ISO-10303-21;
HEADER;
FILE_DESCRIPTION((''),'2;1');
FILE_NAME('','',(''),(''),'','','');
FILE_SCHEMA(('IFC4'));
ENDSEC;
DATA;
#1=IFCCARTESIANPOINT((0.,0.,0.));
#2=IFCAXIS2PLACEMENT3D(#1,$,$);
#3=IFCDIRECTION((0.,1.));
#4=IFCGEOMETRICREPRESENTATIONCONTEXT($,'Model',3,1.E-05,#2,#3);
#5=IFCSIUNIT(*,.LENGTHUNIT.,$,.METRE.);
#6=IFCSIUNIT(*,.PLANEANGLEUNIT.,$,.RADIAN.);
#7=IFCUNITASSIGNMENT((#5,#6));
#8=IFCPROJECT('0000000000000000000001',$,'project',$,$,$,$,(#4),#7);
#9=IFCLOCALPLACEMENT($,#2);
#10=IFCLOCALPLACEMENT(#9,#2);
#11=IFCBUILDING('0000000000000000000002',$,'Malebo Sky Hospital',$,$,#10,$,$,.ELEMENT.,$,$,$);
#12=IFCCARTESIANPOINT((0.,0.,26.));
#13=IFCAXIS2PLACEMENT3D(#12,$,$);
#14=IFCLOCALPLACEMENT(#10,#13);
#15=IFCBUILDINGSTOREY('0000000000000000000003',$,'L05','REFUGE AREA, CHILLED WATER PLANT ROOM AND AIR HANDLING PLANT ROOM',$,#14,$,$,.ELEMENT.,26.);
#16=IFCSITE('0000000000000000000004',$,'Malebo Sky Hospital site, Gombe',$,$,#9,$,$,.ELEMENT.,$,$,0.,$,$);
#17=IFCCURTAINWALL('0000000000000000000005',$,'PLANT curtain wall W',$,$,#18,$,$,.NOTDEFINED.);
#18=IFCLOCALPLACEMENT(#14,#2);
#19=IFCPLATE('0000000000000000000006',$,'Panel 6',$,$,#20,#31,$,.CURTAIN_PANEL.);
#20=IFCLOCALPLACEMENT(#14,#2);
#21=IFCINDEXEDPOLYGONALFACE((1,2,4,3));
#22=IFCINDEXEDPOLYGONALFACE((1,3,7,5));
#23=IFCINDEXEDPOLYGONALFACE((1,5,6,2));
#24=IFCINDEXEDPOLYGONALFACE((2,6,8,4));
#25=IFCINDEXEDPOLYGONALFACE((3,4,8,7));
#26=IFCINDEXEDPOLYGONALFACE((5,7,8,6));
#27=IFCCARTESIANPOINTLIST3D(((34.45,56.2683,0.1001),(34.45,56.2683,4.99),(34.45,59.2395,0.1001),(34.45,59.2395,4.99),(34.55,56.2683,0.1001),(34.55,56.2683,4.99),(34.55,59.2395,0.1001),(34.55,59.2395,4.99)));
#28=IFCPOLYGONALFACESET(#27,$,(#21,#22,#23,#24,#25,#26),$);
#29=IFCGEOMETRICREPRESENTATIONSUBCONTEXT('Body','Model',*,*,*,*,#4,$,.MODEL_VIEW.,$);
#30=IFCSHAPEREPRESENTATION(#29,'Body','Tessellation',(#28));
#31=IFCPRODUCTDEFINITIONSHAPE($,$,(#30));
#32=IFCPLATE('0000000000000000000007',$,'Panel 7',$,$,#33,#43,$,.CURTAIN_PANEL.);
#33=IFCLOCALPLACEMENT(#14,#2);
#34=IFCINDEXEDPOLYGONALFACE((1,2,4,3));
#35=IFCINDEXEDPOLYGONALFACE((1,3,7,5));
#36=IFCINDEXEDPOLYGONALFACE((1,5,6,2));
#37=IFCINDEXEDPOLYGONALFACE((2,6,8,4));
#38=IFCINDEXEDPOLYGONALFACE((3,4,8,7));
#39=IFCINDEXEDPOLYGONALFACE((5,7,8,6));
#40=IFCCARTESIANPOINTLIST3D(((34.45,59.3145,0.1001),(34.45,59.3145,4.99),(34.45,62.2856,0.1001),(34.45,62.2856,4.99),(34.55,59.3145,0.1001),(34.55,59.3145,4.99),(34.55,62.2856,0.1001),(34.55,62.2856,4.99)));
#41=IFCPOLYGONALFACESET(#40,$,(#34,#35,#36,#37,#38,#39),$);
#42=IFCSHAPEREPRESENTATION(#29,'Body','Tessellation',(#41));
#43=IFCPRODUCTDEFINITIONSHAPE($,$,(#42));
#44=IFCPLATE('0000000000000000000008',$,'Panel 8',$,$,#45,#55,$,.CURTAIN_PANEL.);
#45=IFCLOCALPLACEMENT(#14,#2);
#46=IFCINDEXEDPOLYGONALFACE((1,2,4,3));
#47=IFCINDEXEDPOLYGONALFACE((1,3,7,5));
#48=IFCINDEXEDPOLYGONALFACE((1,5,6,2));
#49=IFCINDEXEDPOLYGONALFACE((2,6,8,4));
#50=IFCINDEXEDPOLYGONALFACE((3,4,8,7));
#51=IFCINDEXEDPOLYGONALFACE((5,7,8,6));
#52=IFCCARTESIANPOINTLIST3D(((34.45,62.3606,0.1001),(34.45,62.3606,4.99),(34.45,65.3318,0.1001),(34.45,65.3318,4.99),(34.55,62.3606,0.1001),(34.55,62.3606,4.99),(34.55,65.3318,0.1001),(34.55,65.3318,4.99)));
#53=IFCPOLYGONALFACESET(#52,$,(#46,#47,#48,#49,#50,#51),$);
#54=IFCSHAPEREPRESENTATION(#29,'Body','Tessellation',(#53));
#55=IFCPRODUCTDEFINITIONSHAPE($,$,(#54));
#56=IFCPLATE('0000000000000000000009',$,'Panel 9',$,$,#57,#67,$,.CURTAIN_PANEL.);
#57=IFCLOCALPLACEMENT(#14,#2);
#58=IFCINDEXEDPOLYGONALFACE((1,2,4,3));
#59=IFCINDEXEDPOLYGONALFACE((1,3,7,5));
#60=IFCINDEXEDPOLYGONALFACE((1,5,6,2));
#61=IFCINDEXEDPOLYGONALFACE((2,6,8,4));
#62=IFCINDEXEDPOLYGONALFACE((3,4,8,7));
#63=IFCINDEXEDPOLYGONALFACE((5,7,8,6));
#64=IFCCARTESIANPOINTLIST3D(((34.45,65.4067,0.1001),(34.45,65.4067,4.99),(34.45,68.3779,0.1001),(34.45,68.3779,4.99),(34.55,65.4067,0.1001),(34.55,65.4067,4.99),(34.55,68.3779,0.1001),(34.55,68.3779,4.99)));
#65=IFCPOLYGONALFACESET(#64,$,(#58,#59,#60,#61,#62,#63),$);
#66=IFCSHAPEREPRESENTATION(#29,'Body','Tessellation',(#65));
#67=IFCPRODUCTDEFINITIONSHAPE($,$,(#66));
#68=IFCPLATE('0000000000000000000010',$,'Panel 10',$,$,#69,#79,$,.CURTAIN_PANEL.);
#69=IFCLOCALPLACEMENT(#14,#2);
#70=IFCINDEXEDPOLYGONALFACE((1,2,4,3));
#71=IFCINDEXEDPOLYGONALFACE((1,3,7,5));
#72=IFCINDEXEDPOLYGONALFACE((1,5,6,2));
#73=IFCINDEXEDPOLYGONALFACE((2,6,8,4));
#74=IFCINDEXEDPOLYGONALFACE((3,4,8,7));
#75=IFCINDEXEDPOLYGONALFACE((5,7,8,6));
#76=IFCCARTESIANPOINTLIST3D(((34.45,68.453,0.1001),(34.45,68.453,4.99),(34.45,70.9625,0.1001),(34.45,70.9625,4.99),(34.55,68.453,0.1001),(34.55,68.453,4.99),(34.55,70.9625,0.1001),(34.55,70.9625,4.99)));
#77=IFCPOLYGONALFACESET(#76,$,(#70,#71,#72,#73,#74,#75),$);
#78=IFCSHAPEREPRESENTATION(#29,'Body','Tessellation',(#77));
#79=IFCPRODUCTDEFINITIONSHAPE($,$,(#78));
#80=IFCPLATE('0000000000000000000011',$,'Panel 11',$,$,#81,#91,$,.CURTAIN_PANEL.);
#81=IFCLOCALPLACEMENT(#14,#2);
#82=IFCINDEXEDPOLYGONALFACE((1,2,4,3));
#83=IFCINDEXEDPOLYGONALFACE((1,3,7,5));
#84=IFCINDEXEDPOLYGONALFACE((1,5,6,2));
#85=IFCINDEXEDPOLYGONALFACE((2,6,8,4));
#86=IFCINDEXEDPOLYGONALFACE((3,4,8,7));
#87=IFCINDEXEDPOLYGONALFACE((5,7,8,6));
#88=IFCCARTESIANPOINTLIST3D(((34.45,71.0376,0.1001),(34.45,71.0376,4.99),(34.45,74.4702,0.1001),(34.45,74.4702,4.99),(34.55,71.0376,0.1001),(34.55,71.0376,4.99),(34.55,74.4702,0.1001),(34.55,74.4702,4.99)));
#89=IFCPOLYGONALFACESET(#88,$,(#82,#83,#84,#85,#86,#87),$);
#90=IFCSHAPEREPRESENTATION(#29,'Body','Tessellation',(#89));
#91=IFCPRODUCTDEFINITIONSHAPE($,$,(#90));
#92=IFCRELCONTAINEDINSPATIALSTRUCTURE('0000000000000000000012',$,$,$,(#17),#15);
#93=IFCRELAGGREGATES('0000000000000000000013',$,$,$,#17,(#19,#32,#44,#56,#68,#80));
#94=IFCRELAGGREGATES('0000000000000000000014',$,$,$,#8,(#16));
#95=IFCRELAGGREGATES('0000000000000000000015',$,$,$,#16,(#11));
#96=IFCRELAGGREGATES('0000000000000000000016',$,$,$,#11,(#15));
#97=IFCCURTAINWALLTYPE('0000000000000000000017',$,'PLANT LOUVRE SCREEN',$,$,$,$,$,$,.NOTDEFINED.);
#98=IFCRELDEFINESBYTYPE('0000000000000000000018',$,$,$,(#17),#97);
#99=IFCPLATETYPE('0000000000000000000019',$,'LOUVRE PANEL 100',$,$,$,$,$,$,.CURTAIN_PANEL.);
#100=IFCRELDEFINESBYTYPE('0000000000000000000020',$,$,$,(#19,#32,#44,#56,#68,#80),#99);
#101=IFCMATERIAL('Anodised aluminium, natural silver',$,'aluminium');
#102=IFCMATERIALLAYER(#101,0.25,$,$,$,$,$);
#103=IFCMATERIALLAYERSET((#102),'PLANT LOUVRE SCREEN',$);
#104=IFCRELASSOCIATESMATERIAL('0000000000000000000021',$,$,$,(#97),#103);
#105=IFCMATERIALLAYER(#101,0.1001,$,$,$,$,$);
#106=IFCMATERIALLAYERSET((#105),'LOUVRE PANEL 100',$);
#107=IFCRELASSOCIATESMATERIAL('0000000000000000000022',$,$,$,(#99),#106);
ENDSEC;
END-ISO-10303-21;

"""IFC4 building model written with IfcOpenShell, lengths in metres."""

from ifc_helpers import new_model, si_unit, direction, frame, origin, origin_2d, place, context, subcontext, project, spatial, rectangle, extrude, material, layer, layer_set, type_object, element, aggregate, save


model = new_model("IFC4")

# Units and contexts
model_context = context("Model", 3, precision=1e-05, world=origin(), true_north=direction((0.0, 1.0)))
body_context = subcontext(model_context, "Body", "Model", "MODEL_VIEW")
ifc_project = project(units=[si_unit("LENGTHUNIT", "METRE"), si_unit("PLANEANGLEUNIT", "RADIAN")], contexts=[model_context])

# Site, building, storey
site_placement = place(None, origin())
site = spatial("IfcSite", under=ifc_project, at=site_placement, Name="Malebo Sky Hospital site, Gombe", CompositionType="ELEMENT", RefElevation=0.0)
building_placement = place(site_placement, origin())
building = spatial("IfcBuilding", under=site, at=building_placement, Name="Malebo Sky Hospital", CompositionType="ELEMENT")
storey_placement = place(building_placement, frame((0.0, 0.0, 26.0)))
storey = spatial("IfcBuildingStorey", under=building, at=storey_placement, Name="L05", Description="REFUGE AREA, CHILLED WATER PLANT ROOM AND AIR HANDLING PLANT ROOM", CompositionType="ELEMENT", Elevation=26.0)

# Curtain wall
ifc_material_1 = material(Name="Anodised aluminium, natural silver", Category="aluminium")
ifc_layer_1 = layer(ifc_material_1, 0.25)
ifc_layer_set_1 = layer_set([ifc_layer_1], Name="PLANT LOUVRE SCREEN")
curtain_wall_type = type_object("IfcCurtainWallType", Name="PLANT LOUVRE SCREEN", PredefinedType="NOTDEFINED", material=ifc_layer_set_1)
curtain_wall_placement = place(storey_placement, origin())
curtain_wall = element("IfcCurtainWall", 1, at=curtain_wall_placement, inside=storey, type_object=curtain_wall_type, Name="PLANT curtain wall W", PredefinedType="NOTDEFINED")

# Plates
ifc_layer_2 = layer(ifc_material_1, 0.1001)
ifc_layer_set_2 = layer_set([ifc_layer_2], Name="LOUVRE PANEL 100")
plate_type = type_object("IfcPlateType", Name="LOUVRE PANEL 100", PredefinedType="CURTAIN_PANEL", material=ifc_layer_set_2)
plate_1_placement = place(storey_placement, frame((34.5, 57.7539, 0.1001), z_axis=(0.0, 0.0, 1.0), x_axis=(0.0, 1.0, 0.0)))
plate_1 = element("IfcPlate", 2, at=plate_1_placement, type_object=plate_type, Name="Panel 6", PredefinedType="CURTAIN_PANEL", context=body_context, shape_type="SweptSolid", body=[
    extrude(rectangle(XDim=2.9712, YDim=0.1001, at=origin_2d()), origin(), (0.0, 0.0, 1.0), 4.8899),
])
plate_2_placement = place(storey_placement, frame((34.5, 60.8, 0.1001), z_axis=(0.0, 0.0, 1.0), x_axis=(0.0, 1.0, 0.0)))
plate_2 = element("IfcPlate", 3, at=plate_2_placement, type_object=plate_type, Name="Panel 7", PredefinedType="CURTAIN_PANEL", context=body_context, shape_type="SweptSolid", body=[
    extrude(rectangle(XDim=2.9712, YDim=0.1001, at=origin_2d()), origin(), (0.0, 0.0, 1.0), 4.8899),
])
plate_3_placement = place(storey_placement, frame((34.5, 63.8462, 0.1001), z_axis=(0.0, 0.0, 1.0), x_axis=(0.0, 1.0, 0.0)))
plate_3 = element("IfcPlate", 4, at=plate_3_placement, type_object=plate_type, Name="Panel 8", PredefinedType="CURTAIN_PANEL", context=body_context, shape_type="SweptSolid", body=[
    extrude(rectangle(XDim=2.9712, YDim=0.1001, at=origin_2d()), origin(), (0.0, 0.0, 1.0), 4.8899),
])
plate_4_placement = place(storey_placement, frame((34.5, 66.8923, 0.1001), z_axis=(0.0, 0.0, 1.0), x_axis=(0.0, 1.0, 0.0)))
plate_4 = element("IfcPlate", 5, at=plate_4_placement, type_object=plate_type, Name="Panel 9", PredefinedType="CURTAIN_PANEL", context=body_context, shape_type="SweptSolid", body=[
    extrude(rectangle(XDim=2.9712, YDim=0.1001, at=origin_2d()), origin(), (0.0, 0.0, 1.0), 4.8899),
])
plate_5_placement = place(storey_placement, frame((34.5, 69.7078, 0.1001), z_axis=(0.0, 0.0, 1.0), x_axis=(0.0, 1.0, 0.0)))
plate_5 = element("IfcPlate", 6, at=plate_5_placement, type_object=plate_type, Name="Panel 10", PredefinedType="CURTAIN_PANEL", context=body_context, shape_type="SweptSolid", body=[
    extrude(rectangle(XDim=2.5095, YDim=0.1001, at=origin_2d()), origin(), (0.0, 0.0, 1.0), 4.8899),
])
plate_6_placement = place(storey_placement, frame((34.5, 72.7539, 0.1001), z_axis=(0.0, 0.0, 1.0), x_axis=(0.0, 1.0, 0.0)))
plate_6 = element("IfcPlate", 7, at=plate_6_placement, type_object=plate_type, Name="Panel 11", PredefinedType="CURTAIN_PANEL", context=body_context, shape_type="SweptSolid", body=[
    extrude(rectangle(XDim=3.4326, YDim=0.1001, at=origin_2d()), origin(), (0.0, 0.0, 1.0), 4.8899),
])
aggregate(curtain_wall, [plate_1, plate_2, plate_3, plate_4, plate_5, plate_6])

save(model, "model.ifc")
